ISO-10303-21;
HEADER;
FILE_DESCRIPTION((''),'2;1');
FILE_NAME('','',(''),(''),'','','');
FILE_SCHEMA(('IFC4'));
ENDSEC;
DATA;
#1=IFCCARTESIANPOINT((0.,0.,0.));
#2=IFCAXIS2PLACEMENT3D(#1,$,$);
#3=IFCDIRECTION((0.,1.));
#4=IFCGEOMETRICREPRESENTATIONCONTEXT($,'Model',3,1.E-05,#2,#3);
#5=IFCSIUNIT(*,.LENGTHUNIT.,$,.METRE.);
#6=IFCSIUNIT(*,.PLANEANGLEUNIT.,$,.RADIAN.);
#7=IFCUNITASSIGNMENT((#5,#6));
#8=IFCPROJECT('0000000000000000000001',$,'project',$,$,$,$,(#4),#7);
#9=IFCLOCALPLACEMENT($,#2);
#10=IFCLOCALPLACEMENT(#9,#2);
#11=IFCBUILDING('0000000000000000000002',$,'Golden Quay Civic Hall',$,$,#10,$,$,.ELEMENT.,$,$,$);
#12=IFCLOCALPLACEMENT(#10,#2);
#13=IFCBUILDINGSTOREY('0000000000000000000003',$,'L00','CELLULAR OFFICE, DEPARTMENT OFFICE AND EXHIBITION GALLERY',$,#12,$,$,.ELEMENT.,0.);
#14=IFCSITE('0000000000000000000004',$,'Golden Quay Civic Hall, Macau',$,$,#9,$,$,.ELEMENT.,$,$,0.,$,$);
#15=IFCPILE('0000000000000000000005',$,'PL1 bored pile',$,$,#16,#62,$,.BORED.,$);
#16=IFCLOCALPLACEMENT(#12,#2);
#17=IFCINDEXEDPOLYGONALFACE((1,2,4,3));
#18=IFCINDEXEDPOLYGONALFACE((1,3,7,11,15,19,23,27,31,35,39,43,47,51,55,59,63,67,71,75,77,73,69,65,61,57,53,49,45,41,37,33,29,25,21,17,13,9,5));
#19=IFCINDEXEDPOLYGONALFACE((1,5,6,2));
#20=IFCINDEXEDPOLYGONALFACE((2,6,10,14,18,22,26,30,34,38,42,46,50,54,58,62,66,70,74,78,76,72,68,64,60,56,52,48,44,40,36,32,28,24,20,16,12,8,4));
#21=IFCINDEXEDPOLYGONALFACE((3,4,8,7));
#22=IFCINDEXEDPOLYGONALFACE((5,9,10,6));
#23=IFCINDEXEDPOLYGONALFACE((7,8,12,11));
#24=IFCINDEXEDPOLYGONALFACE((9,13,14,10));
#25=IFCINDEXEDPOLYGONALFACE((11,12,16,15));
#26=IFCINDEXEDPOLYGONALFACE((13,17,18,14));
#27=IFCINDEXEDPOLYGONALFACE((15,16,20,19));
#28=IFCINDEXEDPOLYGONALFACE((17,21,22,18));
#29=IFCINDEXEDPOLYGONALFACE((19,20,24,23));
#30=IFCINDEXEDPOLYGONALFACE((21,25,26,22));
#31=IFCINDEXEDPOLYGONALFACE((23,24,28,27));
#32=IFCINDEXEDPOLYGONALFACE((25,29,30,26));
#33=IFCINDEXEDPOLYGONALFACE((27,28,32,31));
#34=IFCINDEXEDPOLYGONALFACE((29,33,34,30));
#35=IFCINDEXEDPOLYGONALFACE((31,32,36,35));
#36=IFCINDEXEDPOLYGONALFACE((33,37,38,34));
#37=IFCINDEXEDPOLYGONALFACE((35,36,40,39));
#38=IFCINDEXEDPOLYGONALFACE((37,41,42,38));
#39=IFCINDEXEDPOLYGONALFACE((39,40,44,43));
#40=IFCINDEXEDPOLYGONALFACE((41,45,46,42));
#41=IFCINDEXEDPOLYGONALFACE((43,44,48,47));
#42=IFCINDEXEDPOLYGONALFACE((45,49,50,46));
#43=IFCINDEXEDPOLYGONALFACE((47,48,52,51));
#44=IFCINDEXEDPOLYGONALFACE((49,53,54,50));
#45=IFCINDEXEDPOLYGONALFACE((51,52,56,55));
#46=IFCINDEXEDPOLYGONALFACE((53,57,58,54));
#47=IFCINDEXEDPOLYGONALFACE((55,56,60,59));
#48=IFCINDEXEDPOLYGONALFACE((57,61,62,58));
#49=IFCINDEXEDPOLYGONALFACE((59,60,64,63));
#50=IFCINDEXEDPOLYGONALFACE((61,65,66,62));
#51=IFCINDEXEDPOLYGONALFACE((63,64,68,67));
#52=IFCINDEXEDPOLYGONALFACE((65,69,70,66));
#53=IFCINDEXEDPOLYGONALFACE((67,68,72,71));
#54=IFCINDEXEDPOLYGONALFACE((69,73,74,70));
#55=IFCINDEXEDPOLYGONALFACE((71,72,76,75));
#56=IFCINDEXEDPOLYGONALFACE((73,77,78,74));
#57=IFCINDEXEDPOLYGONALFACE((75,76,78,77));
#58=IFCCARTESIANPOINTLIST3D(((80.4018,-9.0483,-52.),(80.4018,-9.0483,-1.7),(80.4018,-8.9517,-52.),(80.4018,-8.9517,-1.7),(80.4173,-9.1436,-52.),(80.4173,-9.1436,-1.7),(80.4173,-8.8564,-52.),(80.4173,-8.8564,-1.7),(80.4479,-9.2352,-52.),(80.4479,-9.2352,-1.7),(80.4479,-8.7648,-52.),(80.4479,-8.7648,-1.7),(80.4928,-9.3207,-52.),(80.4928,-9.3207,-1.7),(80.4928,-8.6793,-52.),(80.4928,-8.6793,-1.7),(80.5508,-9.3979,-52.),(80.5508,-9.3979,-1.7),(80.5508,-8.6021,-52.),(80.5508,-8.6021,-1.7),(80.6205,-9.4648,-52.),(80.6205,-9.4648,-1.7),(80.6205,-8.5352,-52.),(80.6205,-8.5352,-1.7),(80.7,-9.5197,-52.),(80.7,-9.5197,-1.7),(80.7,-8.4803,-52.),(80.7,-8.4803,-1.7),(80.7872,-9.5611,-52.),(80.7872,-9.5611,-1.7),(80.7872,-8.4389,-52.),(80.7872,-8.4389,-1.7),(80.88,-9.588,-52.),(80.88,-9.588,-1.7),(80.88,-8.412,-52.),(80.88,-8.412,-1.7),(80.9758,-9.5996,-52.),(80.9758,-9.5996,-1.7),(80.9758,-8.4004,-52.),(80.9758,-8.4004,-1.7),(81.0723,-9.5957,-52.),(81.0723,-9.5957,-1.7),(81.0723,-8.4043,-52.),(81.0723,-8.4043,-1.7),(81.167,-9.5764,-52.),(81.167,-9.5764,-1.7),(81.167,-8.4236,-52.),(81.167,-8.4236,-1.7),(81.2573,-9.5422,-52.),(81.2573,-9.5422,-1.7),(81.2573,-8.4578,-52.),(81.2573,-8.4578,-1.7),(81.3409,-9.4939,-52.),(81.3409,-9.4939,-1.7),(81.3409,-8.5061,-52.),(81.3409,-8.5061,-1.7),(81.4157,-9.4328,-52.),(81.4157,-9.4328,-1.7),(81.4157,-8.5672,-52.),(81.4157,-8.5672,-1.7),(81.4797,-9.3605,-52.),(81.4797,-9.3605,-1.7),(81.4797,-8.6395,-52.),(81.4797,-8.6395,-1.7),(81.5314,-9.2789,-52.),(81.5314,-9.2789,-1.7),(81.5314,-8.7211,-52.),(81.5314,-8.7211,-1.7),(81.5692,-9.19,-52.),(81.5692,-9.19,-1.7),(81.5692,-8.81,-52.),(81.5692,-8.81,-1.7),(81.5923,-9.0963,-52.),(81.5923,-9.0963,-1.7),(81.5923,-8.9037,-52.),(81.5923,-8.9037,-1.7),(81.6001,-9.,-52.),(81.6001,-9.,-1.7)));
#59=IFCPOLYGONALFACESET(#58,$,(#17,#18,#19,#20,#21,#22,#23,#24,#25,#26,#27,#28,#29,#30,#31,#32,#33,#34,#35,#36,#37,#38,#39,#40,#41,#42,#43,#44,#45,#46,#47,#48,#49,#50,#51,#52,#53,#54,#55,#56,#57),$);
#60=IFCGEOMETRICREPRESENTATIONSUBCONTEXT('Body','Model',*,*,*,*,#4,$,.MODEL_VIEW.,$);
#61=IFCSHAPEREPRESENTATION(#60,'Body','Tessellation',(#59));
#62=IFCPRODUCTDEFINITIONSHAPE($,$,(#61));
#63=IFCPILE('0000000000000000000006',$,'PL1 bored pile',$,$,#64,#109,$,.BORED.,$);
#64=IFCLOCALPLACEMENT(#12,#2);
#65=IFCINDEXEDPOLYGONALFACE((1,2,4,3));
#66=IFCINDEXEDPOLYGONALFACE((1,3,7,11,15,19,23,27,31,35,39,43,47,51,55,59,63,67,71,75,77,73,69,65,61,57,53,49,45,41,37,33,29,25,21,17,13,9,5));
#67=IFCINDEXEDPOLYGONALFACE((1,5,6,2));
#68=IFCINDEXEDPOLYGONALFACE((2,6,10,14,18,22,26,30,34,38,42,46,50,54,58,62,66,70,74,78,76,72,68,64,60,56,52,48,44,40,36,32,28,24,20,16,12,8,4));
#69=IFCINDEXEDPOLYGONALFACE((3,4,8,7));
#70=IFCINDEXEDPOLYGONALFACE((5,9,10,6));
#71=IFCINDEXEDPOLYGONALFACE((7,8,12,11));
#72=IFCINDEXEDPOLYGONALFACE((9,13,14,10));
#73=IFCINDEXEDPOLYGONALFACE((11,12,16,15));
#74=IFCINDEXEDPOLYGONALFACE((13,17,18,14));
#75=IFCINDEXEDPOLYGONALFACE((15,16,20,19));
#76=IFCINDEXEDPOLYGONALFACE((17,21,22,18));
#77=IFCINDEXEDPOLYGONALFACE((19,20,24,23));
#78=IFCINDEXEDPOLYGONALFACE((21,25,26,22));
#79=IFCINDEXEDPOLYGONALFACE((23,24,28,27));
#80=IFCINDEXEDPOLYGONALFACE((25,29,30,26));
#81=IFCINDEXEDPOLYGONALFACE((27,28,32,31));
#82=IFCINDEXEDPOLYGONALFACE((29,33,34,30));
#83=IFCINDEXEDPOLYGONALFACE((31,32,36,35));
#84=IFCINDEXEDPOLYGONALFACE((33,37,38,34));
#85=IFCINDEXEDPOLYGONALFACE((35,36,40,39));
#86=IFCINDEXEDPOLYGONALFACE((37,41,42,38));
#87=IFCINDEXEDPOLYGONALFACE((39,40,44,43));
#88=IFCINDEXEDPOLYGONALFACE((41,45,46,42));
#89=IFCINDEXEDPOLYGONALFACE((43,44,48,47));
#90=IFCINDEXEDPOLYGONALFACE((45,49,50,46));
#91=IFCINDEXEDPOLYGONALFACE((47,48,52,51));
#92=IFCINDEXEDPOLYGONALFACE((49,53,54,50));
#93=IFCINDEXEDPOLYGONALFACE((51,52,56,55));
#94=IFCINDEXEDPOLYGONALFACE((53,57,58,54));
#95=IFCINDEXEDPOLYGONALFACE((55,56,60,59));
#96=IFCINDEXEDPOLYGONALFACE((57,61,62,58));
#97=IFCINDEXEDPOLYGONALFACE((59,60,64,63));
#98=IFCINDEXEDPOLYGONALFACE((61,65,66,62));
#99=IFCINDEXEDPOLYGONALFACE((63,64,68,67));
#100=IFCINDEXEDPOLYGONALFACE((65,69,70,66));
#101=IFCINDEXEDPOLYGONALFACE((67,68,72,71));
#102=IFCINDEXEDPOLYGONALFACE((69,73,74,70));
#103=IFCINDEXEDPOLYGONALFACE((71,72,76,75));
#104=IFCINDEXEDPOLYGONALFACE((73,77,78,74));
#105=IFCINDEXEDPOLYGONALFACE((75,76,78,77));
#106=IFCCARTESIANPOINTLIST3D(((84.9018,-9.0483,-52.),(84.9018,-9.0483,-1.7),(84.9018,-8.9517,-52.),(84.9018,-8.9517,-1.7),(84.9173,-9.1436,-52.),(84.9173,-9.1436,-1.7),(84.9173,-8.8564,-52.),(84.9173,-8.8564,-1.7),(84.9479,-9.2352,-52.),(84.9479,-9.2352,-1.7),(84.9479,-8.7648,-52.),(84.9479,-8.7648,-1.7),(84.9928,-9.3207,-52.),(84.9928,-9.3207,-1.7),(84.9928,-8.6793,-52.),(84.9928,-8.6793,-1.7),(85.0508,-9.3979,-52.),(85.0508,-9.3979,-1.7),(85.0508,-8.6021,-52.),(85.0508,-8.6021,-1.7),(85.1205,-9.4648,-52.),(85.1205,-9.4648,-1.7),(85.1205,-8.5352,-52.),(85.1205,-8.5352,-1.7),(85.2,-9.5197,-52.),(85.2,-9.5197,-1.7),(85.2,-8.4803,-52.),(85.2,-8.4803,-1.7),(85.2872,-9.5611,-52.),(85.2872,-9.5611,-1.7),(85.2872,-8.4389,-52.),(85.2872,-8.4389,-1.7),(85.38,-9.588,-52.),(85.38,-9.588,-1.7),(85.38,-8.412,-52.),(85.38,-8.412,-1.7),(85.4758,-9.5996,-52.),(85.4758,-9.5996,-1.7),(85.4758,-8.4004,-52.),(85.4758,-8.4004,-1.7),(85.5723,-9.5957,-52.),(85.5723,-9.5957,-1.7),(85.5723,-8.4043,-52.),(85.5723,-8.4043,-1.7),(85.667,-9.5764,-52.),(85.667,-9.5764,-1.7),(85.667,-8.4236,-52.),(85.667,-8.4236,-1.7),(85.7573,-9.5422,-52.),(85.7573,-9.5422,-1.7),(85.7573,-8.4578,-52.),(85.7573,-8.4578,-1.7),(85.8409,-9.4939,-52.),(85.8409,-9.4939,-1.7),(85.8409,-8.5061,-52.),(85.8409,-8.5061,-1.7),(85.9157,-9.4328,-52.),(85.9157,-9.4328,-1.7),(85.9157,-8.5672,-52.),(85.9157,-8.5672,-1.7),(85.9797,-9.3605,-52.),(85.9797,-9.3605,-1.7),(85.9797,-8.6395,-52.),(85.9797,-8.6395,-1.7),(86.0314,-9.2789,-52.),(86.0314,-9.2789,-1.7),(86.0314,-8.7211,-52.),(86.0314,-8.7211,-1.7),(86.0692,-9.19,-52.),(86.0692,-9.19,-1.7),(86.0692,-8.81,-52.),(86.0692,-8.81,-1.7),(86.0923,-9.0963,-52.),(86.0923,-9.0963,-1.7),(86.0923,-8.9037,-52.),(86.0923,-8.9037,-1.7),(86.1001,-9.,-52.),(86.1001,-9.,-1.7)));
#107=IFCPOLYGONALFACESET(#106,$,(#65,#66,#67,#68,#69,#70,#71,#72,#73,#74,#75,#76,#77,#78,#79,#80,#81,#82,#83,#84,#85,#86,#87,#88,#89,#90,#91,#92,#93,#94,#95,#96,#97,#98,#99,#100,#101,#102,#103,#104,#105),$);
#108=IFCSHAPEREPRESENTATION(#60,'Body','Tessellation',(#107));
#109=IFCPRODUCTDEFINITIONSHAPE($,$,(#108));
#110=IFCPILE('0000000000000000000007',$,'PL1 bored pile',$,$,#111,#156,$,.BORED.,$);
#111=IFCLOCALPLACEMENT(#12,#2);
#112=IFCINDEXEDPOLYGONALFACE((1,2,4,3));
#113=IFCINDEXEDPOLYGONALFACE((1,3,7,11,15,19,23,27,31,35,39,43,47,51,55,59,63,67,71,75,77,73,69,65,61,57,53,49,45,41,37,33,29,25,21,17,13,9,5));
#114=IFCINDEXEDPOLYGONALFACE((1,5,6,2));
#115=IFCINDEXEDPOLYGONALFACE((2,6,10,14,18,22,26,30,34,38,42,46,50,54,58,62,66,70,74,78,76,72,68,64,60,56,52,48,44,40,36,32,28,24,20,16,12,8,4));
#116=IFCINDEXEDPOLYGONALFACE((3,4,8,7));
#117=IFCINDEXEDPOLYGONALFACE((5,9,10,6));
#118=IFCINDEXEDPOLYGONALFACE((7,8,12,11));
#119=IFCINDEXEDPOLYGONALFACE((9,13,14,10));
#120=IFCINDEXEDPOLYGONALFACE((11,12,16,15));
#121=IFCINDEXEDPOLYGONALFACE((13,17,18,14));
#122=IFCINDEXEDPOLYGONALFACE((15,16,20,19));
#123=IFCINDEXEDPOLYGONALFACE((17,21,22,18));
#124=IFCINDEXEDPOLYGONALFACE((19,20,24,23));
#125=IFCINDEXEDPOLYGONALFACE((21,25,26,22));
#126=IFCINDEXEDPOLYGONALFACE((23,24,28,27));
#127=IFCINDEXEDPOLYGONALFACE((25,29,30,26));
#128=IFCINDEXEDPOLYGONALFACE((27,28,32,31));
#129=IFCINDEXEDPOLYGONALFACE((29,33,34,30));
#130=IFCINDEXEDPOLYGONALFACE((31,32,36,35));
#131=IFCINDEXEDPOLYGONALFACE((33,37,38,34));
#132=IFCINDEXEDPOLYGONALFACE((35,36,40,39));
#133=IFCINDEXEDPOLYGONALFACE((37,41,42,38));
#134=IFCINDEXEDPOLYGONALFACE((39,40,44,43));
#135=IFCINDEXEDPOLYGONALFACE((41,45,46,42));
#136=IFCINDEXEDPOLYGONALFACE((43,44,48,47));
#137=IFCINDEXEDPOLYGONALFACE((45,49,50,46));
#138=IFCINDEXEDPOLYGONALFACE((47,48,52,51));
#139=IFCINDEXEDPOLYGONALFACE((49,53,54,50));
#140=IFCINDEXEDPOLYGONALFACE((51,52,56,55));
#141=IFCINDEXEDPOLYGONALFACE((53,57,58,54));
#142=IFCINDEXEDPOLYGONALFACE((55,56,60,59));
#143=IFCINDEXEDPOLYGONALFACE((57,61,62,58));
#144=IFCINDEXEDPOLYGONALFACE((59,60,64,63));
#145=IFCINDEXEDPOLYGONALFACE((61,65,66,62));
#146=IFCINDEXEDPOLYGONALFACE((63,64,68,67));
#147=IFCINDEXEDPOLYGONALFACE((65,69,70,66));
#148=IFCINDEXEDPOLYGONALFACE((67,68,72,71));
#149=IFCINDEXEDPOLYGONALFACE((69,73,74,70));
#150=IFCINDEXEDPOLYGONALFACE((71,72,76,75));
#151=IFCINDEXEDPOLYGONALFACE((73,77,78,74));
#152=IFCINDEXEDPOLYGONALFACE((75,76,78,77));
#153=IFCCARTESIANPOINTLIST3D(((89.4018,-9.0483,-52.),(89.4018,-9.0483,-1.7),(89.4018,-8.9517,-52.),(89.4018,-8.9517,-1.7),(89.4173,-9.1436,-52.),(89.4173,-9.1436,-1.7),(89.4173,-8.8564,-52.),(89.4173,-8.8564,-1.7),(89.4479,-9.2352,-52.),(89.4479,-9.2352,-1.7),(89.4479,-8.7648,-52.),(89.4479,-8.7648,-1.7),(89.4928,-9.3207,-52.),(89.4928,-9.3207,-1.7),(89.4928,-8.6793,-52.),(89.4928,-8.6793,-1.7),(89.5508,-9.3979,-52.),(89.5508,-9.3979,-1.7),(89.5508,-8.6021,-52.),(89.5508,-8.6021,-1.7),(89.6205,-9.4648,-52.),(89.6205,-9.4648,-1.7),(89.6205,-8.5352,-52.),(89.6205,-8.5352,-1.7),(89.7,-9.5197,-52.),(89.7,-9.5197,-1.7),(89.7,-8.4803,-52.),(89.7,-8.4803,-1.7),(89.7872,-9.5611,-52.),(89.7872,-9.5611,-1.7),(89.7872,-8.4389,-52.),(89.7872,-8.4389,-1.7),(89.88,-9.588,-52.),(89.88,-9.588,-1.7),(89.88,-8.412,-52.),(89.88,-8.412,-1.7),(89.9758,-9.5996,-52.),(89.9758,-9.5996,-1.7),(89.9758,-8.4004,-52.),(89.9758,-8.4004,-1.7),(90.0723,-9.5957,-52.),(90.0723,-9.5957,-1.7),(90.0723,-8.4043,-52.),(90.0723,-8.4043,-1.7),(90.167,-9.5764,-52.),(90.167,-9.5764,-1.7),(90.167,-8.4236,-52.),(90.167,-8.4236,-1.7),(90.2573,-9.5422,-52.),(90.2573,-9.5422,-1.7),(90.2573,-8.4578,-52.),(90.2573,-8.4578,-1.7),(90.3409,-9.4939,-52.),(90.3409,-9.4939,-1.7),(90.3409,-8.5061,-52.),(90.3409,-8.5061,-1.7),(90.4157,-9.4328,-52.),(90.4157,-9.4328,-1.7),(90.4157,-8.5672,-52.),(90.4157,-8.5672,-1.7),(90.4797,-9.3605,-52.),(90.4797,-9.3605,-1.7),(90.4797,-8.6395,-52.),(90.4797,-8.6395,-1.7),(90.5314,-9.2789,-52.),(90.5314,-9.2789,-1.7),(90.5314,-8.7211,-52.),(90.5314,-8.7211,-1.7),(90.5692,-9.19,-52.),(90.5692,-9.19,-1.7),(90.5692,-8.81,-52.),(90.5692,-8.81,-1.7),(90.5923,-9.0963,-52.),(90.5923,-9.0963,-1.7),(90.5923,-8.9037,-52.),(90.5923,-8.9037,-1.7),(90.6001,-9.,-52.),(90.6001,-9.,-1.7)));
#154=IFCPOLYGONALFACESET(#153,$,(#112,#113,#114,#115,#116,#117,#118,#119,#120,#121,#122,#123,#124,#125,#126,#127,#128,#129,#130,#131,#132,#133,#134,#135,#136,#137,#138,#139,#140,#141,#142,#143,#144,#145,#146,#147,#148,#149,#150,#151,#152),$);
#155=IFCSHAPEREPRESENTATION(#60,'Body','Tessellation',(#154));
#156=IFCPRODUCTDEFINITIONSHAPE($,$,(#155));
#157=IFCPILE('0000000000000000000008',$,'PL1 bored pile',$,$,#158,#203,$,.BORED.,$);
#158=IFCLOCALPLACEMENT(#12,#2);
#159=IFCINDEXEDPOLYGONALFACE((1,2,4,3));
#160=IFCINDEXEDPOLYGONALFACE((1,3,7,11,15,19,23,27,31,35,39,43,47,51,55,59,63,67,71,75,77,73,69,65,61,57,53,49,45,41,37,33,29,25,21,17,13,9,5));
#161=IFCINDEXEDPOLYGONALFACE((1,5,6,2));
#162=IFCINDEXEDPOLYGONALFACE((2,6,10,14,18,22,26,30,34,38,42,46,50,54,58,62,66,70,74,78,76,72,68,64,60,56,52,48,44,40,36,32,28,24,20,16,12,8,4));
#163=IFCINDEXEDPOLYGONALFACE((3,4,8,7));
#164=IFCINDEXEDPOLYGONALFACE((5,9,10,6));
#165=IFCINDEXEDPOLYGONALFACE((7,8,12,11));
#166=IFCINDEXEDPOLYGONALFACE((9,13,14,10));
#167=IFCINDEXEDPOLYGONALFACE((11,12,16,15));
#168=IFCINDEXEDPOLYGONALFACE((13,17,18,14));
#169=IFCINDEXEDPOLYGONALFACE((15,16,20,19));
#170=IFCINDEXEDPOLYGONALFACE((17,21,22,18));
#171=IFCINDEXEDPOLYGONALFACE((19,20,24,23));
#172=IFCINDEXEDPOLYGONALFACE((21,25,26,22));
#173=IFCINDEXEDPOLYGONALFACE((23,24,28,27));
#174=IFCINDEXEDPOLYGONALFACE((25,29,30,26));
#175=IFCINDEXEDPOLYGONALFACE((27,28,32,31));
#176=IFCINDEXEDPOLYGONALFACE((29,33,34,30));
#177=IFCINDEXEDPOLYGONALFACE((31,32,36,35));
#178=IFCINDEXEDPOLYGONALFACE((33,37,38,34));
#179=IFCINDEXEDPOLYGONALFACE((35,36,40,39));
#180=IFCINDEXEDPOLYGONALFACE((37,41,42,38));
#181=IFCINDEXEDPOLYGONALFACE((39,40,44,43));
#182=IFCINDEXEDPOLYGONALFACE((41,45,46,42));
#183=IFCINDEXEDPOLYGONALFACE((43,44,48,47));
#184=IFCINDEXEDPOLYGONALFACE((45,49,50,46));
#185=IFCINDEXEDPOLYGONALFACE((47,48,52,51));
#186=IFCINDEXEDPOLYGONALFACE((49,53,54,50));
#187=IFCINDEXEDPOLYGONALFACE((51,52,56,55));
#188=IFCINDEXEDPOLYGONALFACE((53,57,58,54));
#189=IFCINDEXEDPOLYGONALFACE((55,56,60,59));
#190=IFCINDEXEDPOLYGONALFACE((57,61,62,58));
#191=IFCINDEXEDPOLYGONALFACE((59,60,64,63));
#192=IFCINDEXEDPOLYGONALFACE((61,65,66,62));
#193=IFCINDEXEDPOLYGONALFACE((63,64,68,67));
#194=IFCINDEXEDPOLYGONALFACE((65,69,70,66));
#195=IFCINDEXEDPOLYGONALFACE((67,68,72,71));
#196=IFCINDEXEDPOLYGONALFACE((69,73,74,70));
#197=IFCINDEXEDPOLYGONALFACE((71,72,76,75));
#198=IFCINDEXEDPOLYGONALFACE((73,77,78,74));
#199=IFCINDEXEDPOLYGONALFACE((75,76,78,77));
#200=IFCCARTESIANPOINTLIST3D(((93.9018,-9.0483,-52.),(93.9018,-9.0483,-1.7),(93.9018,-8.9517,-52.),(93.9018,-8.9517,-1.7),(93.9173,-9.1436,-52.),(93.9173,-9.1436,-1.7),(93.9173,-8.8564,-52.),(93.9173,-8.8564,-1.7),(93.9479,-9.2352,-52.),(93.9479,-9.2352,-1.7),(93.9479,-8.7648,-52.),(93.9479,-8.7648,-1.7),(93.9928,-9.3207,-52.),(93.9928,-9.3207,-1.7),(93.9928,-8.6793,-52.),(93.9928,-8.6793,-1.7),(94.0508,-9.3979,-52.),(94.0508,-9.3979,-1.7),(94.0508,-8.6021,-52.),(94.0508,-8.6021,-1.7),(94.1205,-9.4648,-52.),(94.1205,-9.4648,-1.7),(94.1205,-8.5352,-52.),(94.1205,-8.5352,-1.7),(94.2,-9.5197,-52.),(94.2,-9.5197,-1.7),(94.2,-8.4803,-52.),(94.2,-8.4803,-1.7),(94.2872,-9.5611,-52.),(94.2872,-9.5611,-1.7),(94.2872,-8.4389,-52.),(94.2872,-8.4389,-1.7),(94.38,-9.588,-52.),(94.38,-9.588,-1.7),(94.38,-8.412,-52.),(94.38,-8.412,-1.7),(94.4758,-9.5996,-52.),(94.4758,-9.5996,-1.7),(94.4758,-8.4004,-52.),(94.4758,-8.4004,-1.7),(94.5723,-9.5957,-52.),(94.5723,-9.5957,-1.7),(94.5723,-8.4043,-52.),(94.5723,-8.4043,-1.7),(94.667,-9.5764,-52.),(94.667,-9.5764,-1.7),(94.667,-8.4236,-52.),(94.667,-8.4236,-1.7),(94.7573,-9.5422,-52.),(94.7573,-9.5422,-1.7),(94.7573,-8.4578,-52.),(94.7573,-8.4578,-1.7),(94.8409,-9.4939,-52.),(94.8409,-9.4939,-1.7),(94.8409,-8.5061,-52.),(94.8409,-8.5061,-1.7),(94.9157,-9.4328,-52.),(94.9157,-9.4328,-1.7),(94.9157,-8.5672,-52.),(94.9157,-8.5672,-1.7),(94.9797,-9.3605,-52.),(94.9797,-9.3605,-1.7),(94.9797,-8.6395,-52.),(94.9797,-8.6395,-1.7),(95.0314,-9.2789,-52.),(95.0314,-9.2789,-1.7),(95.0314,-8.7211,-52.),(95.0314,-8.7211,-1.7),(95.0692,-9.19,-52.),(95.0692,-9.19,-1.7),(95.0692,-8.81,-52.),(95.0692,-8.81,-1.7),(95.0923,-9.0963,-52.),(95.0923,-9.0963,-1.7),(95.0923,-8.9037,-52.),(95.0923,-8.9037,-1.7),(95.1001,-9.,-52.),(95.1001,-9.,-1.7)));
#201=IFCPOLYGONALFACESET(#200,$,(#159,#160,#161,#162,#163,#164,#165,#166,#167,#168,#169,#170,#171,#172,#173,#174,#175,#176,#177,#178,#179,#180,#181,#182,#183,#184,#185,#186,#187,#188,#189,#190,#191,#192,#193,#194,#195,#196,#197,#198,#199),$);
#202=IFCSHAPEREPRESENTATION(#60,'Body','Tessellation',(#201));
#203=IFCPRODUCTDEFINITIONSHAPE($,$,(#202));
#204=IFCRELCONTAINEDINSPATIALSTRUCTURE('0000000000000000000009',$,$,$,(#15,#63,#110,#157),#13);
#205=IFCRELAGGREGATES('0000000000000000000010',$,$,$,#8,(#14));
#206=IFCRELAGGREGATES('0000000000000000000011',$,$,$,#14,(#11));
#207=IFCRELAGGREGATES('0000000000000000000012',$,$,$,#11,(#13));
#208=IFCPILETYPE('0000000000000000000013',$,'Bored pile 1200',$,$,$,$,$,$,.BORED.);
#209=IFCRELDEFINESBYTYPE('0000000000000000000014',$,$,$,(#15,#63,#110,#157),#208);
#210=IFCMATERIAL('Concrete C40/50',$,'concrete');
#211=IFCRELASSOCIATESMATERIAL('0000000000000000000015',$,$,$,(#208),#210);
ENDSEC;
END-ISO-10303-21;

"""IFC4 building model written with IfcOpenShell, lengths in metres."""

from ifc_helpers import new_model, si_unit, direction, frame, origin, origin_2d, place, context, subcontext, project, spatial, circle, extrude, material, material_profile, profile_set, type_object, element, save


model = new_model("IFC4")

# Units and contexts
model_context = context("Model", 3, precision=1e-05, world=origin(), true_north=direction((0.0, 1.0)))
body_context = subcontext(model_context, "Body", "Model", "MODEL_VIEW")
ifc_project = project(units=[si_unit("LENGTHUNIT", "METRE"), si_unit("PLANEANGLEUNIT", "RADIAN")], contexts=[model_context])

# Site, building, storey
site_placement = place(None, origin())
site = spatial("IfcSite", under=ifc_project, at=site_placement, Name="Golden Quay Civic Hall, Macau", CompositionType="ELEMENT", RefElevation=0.0)
building_placement = place(site_placement, origin())
building = spatial("IfcBuilding", under=site, at=building_placement, Name="Golden Quay Civic Hall", CompositionType="ELEMENT")
storey_placement = place(building_placement, origin())
storey = spatial("IfcBuildingStorey", under=building, at=storey_placement, Name="L00", Description="CELLULAR OFFICE, DEPARTMENT OFFICE AND EXHIBITION GALLERY", CompositionType="ELEMENT", Elevation=0.0)

# Piles
ifc_material_1 = material(Name="Concrete C40/50", Category="concrete")
ifc_material_profile_1 = material_profile(ifc_material_1, circle(Radius=0.6001, at=origin_2d()), Name="RC D1200")
ifc_profile_set_1 = profile_set([ifc_material_profile_1], Name="Concrete C40/50")
pile_type = type_object("IfcPileType", Name="Bored pile 1200", PredefinedType="BORED", material=ifc_profile_set_1)
for number, where, z_axis, x_axis, name in (
    (1, (81.0, -9.0, -1.7), (0.0, 0.0, -1.0), (1.0, 0.0, 0.0), "PL1 bored pile"),
    (2, (85.5, -9.0, -1.7), (0.0, 0.0, -1.0), (1.0, 0.0, 0.0), "PL1 bored pile"),
    (3, (90.0, -9.0, -1.7), (0.0, 0.0, -1.0), (1.0, 0.0, 0.0), "PL1 bored pile"),
    (4, (94.5, -9.0, -1.7), (0.0, 0.0, -1.0), (1.0, 0.0, 0.0), "PL1 bored pile"),
):
    element("IfcPile", number, at=place(storey_placement, frame(where, z_axis=z_axis, x_axis=x_axis)), inside=storey, type_object=pile_type, Name=name, PredefinedType="BORED", context=body_context, shape_type="SweptSolid", body=[
        extrude(circle(Radius=0.6001, at=origin_2d()), origin(), (0.0, 0.0, 1.0), 50.3),
    ])

save(model, "model.ifc")
